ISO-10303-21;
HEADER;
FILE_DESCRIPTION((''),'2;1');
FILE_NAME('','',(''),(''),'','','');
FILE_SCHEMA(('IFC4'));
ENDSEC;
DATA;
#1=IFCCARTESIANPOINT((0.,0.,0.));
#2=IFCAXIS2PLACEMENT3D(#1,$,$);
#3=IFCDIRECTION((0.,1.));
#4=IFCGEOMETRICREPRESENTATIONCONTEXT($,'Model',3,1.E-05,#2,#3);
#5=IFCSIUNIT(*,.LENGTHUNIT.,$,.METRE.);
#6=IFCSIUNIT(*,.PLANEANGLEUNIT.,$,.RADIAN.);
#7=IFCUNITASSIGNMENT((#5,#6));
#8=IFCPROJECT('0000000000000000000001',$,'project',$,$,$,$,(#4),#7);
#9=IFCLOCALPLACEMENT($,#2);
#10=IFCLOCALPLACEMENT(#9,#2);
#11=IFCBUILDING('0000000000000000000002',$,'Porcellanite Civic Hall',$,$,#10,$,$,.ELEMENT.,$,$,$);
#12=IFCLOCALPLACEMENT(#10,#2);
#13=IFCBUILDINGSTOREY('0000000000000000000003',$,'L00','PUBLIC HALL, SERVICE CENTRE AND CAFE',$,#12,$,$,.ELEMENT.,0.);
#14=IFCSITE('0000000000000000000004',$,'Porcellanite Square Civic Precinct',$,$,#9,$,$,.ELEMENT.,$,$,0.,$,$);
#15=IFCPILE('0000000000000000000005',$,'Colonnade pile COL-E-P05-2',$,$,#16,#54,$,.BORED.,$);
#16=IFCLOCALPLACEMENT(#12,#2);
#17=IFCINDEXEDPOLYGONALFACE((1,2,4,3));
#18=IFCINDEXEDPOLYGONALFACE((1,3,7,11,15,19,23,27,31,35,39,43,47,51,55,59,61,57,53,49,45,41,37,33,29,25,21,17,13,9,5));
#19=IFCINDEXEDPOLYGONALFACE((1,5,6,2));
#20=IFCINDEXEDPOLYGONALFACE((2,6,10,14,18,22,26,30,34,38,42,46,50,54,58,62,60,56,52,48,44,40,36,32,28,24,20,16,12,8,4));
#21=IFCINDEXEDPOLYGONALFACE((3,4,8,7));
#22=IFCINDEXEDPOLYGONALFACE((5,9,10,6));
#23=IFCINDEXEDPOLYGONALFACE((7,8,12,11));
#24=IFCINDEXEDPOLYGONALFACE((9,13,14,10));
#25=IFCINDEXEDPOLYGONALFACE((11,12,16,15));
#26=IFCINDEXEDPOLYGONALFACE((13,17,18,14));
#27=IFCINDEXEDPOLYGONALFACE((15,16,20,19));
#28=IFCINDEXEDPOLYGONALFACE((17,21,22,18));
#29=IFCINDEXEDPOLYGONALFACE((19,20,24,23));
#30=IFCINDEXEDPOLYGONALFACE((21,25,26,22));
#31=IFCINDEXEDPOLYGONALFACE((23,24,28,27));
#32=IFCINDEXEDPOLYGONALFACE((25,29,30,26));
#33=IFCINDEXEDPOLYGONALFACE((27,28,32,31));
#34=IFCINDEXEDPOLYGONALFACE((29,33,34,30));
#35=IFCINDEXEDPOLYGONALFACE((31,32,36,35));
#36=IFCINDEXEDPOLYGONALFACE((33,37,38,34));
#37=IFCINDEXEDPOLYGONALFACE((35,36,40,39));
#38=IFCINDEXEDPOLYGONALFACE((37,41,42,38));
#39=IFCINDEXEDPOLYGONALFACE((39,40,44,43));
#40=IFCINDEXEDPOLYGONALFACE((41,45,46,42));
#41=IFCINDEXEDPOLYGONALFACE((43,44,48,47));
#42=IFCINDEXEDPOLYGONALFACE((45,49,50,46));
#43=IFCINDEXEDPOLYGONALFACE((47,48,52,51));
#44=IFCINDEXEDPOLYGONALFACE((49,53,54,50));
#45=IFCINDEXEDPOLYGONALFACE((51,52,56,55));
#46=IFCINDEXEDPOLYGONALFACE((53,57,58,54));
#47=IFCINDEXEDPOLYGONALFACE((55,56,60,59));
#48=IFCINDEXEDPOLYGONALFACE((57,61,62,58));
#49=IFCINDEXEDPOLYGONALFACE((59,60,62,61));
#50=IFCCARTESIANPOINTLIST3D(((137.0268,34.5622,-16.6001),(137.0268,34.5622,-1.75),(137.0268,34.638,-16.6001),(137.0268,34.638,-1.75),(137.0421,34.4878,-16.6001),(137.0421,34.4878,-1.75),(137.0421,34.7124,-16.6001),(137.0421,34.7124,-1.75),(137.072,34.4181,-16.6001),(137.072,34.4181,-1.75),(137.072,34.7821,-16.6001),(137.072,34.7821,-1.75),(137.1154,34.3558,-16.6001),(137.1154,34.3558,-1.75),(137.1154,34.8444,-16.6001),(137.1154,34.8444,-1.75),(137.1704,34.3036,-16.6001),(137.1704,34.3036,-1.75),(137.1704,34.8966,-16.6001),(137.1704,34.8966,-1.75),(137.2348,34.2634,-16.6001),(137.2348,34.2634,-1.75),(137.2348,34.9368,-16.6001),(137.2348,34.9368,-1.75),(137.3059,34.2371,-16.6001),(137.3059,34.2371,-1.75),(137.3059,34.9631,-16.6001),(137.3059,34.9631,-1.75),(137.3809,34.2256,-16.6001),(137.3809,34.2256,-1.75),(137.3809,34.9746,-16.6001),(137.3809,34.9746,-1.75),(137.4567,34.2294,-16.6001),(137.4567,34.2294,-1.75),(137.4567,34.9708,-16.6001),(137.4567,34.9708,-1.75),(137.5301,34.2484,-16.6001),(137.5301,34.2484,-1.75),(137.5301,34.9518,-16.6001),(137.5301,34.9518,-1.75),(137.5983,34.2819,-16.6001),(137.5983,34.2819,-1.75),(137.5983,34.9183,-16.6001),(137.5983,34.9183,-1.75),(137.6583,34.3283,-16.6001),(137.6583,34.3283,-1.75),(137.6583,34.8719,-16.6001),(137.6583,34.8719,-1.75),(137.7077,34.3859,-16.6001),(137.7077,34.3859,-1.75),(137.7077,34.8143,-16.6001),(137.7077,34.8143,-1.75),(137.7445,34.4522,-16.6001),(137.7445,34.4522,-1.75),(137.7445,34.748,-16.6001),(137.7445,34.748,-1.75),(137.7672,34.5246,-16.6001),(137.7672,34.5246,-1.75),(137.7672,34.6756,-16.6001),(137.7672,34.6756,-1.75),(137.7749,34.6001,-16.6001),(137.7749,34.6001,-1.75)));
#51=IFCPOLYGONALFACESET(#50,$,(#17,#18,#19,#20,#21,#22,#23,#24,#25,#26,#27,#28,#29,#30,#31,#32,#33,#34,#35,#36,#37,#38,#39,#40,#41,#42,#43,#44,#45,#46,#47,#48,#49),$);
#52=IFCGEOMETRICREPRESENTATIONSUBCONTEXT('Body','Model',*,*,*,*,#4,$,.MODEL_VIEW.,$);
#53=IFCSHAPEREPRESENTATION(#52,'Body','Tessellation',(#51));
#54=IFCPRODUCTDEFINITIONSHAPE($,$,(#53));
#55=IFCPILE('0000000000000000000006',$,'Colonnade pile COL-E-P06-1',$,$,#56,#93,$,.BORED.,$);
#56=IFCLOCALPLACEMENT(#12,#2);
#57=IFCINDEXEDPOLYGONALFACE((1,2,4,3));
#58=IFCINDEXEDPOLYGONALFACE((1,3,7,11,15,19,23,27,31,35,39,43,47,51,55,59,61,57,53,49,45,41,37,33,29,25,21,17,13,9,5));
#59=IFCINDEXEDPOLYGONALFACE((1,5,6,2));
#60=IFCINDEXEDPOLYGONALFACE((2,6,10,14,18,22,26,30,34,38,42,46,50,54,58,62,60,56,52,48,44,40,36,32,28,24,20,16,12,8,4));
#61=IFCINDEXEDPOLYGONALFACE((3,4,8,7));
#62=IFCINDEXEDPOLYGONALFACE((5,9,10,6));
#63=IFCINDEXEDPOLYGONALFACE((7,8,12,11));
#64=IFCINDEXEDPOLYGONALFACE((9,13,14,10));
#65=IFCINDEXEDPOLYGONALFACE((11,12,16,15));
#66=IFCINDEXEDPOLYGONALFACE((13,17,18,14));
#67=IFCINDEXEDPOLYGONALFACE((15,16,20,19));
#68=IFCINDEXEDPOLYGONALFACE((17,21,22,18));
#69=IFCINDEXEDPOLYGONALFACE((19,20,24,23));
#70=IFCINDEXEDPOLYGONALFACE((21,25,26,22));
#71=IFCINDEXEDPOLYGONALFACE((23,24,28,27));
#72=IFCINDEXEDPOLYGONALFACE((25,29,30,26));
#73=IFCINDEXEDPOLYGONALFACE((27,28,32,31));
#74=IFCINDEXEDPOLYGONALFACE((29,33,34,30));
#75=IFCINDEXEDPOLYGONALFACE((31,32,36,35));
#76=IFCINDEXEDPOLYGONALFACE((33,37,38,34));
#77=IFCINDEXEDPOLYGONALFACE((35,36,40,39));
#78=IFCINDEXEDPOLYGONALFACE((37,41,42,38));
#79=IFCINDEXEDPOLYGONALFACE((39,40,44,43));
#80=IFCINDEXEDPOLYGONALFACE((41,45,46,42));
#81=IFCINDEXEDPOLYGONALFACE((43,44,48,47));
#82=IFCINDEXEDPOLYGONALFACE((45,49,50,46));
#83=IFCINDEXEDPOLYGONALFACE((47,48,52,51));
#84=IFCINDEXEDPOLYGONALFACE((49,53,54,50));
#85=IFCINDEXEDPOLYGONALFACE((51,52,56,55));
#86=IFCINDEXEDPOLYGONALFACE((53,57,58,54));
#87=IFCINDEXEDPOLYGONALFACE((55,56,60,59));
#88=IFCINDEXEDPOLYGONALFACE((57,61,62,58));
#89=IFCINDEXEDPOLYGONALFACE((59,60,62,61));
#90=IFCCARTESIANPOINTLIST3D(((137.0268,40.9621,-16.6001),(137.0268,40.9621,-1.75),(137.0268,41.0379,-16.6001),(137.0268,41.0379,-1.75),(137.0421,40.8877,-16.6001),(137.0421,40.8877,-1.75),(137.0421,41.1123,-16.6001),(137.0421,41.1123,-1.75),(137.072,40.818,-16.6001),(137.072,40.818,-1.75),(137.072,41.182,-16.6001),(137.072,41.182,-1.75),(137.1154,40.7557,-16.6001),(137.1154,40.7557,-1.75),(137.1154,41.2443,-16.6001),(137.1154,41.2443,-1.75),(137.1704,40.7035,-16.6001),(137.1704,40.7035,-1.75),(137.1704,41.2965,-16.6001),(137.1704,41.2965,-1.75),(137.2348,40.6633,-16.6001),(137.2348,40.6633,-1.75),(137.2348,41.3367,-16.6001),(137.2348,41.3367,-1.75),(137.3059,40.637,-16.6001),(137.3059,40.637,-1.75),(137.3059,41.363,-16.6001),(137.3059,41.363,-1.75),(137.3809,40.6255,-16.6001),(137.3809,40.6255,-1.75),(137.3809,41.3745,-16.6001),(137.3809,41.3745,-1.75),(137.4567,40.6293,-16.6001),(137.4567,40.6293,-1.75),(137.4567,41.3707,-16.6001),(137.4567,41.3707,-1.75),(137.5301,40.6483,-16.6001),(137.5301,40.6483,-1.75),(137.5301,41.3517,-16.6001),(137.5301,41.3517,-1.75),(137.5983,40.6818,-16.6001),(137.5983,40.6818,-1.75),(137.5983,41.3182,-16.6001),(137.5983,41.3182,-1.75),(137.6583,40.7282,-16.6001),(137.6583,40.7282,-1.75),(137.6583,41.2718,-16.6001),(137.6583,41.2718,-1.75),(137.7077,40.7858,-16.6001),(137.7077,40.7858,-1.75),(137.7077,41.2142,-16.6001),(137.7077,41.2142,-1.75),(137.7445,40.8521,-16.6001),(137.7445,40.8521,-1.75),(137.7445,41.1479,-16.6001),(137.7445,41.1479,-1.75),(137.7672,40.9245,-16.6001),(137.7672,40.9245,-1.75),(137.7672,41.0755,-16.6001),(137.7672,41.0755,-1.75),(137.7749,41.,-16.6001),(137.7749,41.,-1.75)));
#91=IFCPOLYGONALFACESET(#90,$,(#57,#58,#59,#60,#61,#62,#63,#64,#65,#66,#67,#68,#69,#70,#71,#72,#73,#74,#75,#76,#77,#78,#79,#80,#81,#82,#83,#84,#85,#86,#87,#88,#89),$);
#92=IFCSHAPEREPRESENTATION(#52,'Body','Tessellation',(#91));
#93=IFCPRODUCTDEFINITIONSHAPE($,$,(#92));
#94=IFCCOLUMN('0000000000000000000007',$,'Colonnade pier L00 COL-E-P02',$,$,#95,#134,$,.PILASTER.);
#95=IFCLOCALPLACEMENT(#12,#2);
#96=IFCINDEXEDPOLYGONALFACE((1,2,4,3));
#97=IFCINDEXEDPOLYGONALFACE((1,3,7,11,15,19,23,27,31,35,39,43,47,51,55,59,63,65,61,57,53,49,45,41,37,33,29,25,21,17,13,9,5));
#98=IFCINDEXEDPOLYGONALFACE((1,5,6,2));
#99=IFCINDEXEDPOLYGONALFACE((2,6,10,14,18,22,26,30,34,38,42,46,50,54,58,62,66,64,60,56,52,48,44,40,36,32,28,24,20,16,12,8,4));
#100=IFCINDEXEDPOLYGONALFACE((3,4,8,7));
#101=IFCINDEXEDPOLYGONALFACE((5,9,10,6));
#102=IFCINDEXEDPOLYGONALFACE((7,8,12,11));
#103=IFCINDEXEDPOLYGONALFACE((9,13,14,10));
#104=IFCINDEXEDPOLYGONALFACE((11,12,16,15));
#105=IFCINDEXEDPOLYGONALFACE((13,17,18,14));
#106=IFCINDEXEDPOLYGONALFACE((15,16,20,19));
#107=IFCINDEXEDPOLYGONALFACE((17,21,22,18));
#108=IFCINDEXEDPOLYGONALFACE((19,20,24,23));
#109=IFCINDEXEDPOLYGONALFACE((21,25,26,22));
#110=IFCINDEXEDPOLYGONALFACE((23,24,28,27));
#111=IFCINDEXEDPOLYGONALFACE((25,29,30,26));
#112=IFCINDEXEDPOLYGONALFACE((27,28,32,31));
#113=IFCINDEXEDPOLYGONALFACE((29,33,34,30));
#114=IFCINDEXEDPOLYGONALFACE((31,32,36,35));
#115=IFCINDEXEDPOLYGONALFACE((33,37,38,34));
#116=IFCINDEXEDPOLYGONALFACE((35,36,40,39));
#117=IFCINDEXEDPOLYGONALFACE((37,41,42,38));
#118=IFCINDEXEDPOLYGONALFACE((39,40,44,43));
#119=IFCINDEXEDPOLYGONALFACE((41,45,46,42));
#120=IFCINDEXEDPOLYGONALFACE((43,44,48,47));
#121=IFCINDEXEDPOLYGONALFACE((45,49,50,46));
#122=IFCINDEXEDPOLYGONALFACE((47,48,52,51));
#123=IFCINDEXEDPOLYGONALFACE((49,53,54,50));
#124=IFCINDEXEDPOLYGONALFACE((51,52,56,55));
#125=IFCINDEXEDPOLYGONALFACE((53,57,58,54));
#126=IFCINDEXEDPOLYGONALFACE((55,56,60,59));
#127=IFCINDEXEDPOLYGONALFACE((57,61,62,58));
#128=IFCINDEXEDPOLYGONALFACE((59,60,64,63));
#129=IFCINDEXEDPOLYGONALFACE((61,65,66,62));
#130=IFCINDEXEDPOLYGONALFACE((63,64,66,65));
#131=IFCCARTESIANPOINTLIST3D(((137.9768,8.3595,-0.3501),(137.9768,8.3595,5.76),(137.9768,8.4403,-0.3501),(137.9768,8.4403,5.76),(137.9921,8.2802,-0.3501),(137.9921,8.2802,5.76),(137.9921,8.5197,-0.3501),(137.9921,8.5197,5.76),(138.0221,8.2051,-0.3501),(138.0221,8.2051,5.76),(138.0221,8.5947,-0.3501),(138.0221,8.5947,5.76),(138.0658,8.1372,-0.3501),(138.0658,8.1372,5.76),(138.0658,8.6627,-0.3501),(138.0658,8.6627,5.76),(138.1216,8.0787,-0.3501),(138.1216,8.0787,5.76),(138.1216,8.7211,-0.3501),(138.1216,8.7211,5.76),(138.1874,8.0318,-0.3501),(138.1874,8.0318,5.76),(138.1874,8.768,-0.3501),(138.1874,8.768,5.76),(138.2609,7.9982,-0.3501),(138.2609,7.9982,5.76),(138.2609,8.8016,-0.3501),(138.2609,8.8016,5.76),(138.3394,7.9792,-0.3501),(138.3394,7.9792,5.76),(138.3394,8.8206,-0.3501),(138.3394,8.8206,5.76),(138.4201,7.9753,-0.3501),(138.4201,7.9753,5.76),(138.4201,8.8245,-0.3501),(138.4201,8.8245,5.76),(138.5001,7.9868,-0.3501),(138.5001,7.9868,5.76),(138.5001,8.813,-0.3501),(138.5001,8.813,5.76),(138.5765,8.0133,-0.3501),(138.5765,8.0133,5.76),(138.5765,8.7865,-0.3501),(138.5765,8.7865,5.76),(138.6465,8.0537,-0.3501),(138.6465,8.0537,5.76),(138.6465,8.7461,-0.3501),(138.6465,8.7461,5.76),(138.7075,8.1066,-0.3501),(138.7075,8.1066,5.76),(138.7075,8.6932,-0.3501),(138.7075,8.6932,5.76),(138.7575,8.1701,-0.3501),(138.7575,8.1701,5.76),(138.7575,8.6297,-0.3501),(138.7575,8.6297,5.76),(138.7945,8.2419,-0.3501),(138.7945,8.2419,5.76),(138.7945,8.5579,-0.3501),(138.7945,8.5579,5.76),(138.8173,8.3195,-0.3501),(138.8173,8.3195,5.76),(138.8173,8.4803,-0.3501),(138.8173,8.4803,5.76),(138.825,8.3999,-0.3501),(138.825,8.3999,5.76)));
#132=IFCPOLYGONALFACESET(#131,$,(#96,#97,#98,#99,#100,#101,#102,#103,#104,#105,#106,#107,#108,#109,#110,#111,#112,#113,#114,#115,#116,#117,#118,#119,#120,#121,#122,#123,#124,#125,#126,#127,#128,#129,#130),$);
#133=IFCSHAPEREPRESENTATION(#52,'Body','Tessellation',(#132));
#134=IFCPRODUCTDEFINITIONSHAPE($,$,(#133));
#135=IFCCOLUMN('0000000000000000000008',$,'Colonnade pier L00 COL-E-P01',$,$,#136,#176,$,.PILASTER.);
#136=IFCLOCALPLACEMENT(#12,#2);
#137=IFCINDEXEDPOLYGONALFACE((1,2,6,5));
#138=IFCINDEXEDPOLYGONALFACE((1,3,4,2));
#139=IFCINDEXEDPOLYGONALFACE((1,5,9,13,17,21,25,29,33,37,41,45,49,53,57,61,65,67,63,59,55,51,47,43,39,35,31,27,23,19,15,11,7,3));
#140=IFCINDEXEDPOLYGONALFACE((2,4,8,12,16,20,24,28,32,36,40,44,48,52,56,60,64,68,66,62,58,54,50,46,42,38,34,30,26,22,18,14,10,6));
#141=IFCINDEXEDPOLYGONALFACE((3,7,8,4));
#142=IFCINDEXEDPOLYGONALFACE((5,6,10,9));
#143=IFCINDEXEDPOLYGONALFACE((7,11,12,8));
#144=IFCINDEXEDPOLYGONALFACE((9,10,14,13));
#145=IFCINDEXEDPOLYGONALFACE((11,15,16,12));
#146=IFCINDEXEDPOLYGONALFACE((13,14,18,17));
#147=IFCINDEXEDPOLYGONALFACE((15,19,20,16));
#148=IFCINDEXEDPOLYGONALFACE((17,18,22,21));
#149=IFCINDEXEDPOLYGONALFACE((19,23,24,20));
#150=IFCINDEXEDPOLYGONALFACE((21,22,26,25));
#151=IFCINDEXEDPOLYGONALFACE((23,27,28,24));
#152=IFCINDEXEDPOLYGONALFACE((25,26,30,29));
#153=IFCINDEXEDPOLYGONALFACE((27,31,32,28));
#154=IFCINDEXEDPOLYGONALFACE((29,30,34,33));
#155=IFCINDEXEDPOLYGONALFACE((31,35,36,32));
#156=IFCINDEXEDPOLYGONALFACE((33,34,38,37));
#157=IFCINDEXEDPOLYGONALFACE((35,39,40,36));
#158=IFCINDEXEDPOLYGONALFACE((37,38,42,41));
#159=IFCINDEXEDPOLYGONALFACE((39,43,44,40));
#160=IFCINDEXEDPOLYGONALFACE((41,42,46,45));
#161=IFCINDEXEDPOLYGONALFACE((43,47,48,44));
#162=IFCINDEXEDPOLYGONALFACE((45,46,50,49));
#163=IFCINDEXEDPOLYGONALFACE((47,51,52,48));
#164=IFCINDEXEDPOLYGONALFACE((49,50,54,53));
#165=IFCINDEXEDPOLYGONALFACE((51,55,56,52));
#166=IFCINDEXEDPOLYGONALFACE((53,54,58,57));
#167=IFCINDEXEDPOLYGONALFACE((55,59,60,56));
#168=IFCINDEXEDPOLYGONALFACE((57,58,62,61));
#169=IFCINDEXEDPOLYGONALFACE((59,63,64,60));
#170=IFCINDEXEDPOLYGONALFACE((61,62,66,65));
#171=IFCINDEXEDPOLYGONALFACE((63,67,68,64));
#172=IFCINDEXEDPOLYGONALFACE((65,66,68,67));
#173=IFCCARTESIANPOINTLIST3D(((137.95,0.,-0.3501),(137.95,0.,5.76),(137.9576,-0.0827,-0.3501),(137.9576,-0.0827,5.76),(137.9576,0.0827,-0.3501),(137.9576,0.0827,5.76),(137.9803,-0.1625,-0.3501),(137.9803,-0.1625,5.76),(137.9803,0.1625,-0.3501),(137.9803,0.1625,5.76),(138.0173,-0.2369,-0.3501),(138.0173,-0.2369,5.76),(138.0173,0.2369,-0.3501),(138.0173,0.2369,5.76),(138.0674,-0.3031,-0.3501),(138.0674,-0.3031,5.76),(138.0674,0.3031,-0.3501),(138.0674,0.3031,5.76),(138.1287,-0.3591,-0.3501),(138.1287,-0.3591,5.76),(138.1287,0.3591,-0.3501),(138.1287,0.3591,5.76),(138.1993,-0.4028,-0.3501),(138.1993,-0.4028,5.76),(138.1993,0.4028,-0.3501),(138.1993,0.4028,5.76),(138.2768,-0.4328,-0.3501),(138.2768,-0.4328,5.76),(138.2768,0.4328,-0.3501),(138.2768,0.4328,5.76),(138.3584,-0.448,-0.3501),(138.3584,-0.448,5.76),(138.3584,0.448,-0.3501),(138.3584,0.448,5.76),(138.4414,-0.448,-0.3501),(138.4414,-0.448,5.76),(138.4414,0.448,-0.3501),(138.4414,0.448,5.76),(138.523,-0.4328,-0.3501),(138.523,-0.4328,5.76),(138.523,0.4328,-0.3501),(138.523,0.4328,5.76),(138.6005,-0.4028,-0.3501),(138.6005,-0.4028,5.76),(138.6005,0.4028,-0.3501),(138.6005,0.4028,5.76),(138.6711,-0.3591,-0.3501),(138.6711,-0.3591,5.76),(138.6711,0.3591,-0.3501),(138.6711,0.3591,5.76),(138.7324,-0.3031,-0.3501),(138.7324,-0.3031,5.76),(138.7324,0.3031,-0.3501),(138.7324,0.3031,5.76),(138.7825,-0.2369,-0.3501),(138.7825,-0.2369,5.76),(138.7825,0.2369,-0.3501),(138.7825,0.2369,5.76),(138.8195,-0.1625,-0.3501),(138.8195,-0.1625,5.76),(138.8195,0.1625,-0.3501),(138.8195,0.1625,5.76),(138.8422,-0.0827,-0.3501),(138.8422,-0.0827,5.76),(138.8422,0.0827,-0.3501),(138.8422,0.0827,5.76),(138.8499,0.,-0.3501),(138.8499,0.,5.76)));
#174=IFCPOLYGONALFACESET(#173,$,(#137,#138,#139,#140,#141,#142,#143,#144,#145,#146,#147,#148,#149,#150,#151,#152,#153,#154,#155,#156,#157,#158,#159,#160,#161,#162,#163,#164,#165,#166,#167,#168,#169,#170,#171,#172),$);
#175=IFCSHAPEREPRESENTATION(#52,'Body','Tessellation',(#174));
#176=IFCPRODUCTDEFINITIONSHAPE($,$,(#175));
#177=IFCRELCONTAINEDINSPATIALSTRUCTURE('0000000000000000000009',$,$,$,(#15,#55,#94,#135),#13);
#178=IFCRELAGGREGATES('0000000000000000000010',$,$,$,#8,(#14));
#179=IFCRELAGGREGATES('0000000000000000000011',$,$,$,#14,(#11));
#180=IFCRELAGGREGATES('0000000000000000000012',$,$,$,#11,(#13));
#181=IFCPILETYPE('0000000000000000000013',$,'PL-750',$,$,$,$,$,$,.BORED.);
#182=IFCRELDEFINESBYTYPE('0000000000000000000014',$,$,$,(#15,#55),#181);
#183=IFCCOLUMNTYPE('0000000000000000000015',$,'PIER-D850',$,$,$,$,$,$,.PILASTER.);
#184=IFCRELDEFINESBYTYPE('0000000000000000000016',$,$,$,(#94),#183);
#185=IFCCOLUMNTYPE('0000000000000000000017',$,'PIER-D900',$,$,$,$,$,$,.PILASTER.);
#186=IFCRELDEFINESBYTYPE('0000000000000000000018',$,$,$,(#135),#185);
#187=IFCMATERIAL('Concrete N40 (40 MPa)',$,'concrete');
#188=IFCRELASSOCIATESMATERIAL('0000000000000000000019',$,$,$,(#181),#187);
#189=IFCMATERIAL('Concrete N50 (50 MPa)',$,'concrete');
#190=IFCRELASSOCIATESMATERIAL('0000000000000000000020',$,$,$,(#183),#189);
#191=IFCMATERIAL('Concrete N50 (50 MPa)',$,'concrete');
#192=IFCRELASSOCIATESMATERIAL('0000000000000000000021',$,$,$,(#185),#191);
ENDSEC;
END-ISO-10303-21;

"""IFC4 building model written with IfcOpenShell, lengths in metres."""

from ifc_helpers import new_model, si_unit, direction, frame, origin, origin_2d, place, context, subcontext, project, spatial, circle, extrude, material, material_profile, profile_set, type_object, element, save


model = new_model("IFC4")

# Units and contexts
model_context = context("Model", 3, precision=1e-05, world=origin(), true_north=direction((0.0, 1.0)))
body_context = subcontext(model_context, "Body", "Model", "MODEL_VIEW")
ifc_project = project(units=[si_unit("LENGTHUNIT", "METRE"), si_unit("PLANEANGLEUNIT", "RADIAN")], contexts=[model_context])

# Site, building, storey
site_placement = place(None, origin())
site = spatial("IfcSite", under=ifc_project, at=site_placement, Name="Porcellanite Square Civic Precinct", CompositionType="ELEMENT", RefElevation=0.0)
building_placement = place(site_placement, origin())
building = spatial("IfcBuilding", under=site, at=building_placement, Name="Porcellanite Civic Hall", CompositionType="ELEMENT")
storey_placement = place(building_placement, origin())
storey = spatial("IfcBuildingStorey", under=building, at=storey_placement, Name="L00", Description="PUBLIC HALL, SERVICE CENTRE AND CAFE", CompositionType="ELEMENT", Elevation=0.0)

# Piles
ifc_material_1 = material(Name="Concrete N40 (40 MPa)", Category="concrete")
ifc_material_profile_1 = material_profile(ifc_material_1, circle(Radius=0.375, at=origin_2d()), Name="PILE-D750")
ifc_profile_set_1 = profile_set([ifc_material_profile_1], Name="Concrete N40 (40 MPa)")
pile_type = type_object("IfcPileType", Name="PL-750", PredefinedType="BORED", material=ifc_profile_set_1)
for number, where, z_axis, x_axis, name in (
    (1, (137.3999, 34.6001, -1.75), (0.0, 0.0, -1.0), (1.0, 0.0, 0.0), "Colonnade pile COL-E-P05-2"),
    (2, (137.3999, 41.0, -1.75), (0.0, 0.0, -1.0), (1.0, 0.0, 0.0), "Colonnade pile COL-E-P06-1"),
):
    element("IfcPile", number, at=place(storey_placement, frame(where, z_axis=z_axis, x_axis=x_axis)), inside=storey, type_object=pile_type, Name=name, PredefinedType="BORED", context=body_context, shape_type="SweptSolid", body=[
        extrude(circle(Radius=0.375, at=origin_2d()), origin(), (0.0, 0.0, 1.0), 14.8501),
    ])

# Columns
ifc_material_2 = material(Name="Concrete N50 (50 MPa)", Category="concrete")
ifc_material_profile_2 = material_profile(ifc_material_2, circle(Radius=0.425, at=origin_2d()), Name="RC-D850")
ifc_profile_set_2 = profile_set([ifc_material_profile_2], Name="Concrete N50 (50 MPa)")
column_type_1 = type_object("IfcColumnType", Name="PIER-D850", PredefinedType="PILASTER", material=ifc_profile_set_2)
column_placement = place(storey_placement, frame((138.3999, 8.3999, -0.3501), z_axis=(0.0, 0.0, 1.0), x_axis=(1.0, 0.0, 0.0)))
element("IfcColumn", 3, at=column_placement, inside=storey, type_object=column_type_1, Name="Colonnade pier L00 COL-E-P02", PredefinedType="PILASTER", context=body_context, shape_type="SweptSolid", body=[
    extrude(circle(Radius=0.425, at=origin_2d()), origin(), (0.0, 0.0, 1.0), 6.1101),
])
ifc_material_3 = material(Name="Concrete N50 (50 MPa)", Category="concrete")
ifc_material_profile_3 = material_profile(ifc_material_3, circle(Radius=0.45, at=origin_2d()), Name="RC-D900")
ifc_profile_set_3 = profile_set([ifc_material_profile_3], Name="Concrete N50 (50 MPa)")
column_type_2 = type_object("IfcColumnType", Name="PIER-D900", PredefinedType="PILASTER", material=ifc_profile_set_3)
for number, where, z_axis, x_axis, name in (
    (4, (138.3999, 0.0, -0.3501), (0.0, 0.0, 1.0), (1.0, 0.0, 0.0), "Colonnade pier L00 COL-E-P01"),
):
    element("IfcColumn", number, at=place(storey_placement, frame(where, z_axis=z_axis, x_axis=x_axis)), inside=storey, type_object=column_type_2, Name=name, PredefinedType="PILASTER", context=body_context, shape_type="SweptSolid", body=[
        extrude(circle(Radius=0.45, at=origin_2d()), origin(), (0.0, 0.0, 1.0), 6.1101),
    ])

save(model, "model.ifc")
